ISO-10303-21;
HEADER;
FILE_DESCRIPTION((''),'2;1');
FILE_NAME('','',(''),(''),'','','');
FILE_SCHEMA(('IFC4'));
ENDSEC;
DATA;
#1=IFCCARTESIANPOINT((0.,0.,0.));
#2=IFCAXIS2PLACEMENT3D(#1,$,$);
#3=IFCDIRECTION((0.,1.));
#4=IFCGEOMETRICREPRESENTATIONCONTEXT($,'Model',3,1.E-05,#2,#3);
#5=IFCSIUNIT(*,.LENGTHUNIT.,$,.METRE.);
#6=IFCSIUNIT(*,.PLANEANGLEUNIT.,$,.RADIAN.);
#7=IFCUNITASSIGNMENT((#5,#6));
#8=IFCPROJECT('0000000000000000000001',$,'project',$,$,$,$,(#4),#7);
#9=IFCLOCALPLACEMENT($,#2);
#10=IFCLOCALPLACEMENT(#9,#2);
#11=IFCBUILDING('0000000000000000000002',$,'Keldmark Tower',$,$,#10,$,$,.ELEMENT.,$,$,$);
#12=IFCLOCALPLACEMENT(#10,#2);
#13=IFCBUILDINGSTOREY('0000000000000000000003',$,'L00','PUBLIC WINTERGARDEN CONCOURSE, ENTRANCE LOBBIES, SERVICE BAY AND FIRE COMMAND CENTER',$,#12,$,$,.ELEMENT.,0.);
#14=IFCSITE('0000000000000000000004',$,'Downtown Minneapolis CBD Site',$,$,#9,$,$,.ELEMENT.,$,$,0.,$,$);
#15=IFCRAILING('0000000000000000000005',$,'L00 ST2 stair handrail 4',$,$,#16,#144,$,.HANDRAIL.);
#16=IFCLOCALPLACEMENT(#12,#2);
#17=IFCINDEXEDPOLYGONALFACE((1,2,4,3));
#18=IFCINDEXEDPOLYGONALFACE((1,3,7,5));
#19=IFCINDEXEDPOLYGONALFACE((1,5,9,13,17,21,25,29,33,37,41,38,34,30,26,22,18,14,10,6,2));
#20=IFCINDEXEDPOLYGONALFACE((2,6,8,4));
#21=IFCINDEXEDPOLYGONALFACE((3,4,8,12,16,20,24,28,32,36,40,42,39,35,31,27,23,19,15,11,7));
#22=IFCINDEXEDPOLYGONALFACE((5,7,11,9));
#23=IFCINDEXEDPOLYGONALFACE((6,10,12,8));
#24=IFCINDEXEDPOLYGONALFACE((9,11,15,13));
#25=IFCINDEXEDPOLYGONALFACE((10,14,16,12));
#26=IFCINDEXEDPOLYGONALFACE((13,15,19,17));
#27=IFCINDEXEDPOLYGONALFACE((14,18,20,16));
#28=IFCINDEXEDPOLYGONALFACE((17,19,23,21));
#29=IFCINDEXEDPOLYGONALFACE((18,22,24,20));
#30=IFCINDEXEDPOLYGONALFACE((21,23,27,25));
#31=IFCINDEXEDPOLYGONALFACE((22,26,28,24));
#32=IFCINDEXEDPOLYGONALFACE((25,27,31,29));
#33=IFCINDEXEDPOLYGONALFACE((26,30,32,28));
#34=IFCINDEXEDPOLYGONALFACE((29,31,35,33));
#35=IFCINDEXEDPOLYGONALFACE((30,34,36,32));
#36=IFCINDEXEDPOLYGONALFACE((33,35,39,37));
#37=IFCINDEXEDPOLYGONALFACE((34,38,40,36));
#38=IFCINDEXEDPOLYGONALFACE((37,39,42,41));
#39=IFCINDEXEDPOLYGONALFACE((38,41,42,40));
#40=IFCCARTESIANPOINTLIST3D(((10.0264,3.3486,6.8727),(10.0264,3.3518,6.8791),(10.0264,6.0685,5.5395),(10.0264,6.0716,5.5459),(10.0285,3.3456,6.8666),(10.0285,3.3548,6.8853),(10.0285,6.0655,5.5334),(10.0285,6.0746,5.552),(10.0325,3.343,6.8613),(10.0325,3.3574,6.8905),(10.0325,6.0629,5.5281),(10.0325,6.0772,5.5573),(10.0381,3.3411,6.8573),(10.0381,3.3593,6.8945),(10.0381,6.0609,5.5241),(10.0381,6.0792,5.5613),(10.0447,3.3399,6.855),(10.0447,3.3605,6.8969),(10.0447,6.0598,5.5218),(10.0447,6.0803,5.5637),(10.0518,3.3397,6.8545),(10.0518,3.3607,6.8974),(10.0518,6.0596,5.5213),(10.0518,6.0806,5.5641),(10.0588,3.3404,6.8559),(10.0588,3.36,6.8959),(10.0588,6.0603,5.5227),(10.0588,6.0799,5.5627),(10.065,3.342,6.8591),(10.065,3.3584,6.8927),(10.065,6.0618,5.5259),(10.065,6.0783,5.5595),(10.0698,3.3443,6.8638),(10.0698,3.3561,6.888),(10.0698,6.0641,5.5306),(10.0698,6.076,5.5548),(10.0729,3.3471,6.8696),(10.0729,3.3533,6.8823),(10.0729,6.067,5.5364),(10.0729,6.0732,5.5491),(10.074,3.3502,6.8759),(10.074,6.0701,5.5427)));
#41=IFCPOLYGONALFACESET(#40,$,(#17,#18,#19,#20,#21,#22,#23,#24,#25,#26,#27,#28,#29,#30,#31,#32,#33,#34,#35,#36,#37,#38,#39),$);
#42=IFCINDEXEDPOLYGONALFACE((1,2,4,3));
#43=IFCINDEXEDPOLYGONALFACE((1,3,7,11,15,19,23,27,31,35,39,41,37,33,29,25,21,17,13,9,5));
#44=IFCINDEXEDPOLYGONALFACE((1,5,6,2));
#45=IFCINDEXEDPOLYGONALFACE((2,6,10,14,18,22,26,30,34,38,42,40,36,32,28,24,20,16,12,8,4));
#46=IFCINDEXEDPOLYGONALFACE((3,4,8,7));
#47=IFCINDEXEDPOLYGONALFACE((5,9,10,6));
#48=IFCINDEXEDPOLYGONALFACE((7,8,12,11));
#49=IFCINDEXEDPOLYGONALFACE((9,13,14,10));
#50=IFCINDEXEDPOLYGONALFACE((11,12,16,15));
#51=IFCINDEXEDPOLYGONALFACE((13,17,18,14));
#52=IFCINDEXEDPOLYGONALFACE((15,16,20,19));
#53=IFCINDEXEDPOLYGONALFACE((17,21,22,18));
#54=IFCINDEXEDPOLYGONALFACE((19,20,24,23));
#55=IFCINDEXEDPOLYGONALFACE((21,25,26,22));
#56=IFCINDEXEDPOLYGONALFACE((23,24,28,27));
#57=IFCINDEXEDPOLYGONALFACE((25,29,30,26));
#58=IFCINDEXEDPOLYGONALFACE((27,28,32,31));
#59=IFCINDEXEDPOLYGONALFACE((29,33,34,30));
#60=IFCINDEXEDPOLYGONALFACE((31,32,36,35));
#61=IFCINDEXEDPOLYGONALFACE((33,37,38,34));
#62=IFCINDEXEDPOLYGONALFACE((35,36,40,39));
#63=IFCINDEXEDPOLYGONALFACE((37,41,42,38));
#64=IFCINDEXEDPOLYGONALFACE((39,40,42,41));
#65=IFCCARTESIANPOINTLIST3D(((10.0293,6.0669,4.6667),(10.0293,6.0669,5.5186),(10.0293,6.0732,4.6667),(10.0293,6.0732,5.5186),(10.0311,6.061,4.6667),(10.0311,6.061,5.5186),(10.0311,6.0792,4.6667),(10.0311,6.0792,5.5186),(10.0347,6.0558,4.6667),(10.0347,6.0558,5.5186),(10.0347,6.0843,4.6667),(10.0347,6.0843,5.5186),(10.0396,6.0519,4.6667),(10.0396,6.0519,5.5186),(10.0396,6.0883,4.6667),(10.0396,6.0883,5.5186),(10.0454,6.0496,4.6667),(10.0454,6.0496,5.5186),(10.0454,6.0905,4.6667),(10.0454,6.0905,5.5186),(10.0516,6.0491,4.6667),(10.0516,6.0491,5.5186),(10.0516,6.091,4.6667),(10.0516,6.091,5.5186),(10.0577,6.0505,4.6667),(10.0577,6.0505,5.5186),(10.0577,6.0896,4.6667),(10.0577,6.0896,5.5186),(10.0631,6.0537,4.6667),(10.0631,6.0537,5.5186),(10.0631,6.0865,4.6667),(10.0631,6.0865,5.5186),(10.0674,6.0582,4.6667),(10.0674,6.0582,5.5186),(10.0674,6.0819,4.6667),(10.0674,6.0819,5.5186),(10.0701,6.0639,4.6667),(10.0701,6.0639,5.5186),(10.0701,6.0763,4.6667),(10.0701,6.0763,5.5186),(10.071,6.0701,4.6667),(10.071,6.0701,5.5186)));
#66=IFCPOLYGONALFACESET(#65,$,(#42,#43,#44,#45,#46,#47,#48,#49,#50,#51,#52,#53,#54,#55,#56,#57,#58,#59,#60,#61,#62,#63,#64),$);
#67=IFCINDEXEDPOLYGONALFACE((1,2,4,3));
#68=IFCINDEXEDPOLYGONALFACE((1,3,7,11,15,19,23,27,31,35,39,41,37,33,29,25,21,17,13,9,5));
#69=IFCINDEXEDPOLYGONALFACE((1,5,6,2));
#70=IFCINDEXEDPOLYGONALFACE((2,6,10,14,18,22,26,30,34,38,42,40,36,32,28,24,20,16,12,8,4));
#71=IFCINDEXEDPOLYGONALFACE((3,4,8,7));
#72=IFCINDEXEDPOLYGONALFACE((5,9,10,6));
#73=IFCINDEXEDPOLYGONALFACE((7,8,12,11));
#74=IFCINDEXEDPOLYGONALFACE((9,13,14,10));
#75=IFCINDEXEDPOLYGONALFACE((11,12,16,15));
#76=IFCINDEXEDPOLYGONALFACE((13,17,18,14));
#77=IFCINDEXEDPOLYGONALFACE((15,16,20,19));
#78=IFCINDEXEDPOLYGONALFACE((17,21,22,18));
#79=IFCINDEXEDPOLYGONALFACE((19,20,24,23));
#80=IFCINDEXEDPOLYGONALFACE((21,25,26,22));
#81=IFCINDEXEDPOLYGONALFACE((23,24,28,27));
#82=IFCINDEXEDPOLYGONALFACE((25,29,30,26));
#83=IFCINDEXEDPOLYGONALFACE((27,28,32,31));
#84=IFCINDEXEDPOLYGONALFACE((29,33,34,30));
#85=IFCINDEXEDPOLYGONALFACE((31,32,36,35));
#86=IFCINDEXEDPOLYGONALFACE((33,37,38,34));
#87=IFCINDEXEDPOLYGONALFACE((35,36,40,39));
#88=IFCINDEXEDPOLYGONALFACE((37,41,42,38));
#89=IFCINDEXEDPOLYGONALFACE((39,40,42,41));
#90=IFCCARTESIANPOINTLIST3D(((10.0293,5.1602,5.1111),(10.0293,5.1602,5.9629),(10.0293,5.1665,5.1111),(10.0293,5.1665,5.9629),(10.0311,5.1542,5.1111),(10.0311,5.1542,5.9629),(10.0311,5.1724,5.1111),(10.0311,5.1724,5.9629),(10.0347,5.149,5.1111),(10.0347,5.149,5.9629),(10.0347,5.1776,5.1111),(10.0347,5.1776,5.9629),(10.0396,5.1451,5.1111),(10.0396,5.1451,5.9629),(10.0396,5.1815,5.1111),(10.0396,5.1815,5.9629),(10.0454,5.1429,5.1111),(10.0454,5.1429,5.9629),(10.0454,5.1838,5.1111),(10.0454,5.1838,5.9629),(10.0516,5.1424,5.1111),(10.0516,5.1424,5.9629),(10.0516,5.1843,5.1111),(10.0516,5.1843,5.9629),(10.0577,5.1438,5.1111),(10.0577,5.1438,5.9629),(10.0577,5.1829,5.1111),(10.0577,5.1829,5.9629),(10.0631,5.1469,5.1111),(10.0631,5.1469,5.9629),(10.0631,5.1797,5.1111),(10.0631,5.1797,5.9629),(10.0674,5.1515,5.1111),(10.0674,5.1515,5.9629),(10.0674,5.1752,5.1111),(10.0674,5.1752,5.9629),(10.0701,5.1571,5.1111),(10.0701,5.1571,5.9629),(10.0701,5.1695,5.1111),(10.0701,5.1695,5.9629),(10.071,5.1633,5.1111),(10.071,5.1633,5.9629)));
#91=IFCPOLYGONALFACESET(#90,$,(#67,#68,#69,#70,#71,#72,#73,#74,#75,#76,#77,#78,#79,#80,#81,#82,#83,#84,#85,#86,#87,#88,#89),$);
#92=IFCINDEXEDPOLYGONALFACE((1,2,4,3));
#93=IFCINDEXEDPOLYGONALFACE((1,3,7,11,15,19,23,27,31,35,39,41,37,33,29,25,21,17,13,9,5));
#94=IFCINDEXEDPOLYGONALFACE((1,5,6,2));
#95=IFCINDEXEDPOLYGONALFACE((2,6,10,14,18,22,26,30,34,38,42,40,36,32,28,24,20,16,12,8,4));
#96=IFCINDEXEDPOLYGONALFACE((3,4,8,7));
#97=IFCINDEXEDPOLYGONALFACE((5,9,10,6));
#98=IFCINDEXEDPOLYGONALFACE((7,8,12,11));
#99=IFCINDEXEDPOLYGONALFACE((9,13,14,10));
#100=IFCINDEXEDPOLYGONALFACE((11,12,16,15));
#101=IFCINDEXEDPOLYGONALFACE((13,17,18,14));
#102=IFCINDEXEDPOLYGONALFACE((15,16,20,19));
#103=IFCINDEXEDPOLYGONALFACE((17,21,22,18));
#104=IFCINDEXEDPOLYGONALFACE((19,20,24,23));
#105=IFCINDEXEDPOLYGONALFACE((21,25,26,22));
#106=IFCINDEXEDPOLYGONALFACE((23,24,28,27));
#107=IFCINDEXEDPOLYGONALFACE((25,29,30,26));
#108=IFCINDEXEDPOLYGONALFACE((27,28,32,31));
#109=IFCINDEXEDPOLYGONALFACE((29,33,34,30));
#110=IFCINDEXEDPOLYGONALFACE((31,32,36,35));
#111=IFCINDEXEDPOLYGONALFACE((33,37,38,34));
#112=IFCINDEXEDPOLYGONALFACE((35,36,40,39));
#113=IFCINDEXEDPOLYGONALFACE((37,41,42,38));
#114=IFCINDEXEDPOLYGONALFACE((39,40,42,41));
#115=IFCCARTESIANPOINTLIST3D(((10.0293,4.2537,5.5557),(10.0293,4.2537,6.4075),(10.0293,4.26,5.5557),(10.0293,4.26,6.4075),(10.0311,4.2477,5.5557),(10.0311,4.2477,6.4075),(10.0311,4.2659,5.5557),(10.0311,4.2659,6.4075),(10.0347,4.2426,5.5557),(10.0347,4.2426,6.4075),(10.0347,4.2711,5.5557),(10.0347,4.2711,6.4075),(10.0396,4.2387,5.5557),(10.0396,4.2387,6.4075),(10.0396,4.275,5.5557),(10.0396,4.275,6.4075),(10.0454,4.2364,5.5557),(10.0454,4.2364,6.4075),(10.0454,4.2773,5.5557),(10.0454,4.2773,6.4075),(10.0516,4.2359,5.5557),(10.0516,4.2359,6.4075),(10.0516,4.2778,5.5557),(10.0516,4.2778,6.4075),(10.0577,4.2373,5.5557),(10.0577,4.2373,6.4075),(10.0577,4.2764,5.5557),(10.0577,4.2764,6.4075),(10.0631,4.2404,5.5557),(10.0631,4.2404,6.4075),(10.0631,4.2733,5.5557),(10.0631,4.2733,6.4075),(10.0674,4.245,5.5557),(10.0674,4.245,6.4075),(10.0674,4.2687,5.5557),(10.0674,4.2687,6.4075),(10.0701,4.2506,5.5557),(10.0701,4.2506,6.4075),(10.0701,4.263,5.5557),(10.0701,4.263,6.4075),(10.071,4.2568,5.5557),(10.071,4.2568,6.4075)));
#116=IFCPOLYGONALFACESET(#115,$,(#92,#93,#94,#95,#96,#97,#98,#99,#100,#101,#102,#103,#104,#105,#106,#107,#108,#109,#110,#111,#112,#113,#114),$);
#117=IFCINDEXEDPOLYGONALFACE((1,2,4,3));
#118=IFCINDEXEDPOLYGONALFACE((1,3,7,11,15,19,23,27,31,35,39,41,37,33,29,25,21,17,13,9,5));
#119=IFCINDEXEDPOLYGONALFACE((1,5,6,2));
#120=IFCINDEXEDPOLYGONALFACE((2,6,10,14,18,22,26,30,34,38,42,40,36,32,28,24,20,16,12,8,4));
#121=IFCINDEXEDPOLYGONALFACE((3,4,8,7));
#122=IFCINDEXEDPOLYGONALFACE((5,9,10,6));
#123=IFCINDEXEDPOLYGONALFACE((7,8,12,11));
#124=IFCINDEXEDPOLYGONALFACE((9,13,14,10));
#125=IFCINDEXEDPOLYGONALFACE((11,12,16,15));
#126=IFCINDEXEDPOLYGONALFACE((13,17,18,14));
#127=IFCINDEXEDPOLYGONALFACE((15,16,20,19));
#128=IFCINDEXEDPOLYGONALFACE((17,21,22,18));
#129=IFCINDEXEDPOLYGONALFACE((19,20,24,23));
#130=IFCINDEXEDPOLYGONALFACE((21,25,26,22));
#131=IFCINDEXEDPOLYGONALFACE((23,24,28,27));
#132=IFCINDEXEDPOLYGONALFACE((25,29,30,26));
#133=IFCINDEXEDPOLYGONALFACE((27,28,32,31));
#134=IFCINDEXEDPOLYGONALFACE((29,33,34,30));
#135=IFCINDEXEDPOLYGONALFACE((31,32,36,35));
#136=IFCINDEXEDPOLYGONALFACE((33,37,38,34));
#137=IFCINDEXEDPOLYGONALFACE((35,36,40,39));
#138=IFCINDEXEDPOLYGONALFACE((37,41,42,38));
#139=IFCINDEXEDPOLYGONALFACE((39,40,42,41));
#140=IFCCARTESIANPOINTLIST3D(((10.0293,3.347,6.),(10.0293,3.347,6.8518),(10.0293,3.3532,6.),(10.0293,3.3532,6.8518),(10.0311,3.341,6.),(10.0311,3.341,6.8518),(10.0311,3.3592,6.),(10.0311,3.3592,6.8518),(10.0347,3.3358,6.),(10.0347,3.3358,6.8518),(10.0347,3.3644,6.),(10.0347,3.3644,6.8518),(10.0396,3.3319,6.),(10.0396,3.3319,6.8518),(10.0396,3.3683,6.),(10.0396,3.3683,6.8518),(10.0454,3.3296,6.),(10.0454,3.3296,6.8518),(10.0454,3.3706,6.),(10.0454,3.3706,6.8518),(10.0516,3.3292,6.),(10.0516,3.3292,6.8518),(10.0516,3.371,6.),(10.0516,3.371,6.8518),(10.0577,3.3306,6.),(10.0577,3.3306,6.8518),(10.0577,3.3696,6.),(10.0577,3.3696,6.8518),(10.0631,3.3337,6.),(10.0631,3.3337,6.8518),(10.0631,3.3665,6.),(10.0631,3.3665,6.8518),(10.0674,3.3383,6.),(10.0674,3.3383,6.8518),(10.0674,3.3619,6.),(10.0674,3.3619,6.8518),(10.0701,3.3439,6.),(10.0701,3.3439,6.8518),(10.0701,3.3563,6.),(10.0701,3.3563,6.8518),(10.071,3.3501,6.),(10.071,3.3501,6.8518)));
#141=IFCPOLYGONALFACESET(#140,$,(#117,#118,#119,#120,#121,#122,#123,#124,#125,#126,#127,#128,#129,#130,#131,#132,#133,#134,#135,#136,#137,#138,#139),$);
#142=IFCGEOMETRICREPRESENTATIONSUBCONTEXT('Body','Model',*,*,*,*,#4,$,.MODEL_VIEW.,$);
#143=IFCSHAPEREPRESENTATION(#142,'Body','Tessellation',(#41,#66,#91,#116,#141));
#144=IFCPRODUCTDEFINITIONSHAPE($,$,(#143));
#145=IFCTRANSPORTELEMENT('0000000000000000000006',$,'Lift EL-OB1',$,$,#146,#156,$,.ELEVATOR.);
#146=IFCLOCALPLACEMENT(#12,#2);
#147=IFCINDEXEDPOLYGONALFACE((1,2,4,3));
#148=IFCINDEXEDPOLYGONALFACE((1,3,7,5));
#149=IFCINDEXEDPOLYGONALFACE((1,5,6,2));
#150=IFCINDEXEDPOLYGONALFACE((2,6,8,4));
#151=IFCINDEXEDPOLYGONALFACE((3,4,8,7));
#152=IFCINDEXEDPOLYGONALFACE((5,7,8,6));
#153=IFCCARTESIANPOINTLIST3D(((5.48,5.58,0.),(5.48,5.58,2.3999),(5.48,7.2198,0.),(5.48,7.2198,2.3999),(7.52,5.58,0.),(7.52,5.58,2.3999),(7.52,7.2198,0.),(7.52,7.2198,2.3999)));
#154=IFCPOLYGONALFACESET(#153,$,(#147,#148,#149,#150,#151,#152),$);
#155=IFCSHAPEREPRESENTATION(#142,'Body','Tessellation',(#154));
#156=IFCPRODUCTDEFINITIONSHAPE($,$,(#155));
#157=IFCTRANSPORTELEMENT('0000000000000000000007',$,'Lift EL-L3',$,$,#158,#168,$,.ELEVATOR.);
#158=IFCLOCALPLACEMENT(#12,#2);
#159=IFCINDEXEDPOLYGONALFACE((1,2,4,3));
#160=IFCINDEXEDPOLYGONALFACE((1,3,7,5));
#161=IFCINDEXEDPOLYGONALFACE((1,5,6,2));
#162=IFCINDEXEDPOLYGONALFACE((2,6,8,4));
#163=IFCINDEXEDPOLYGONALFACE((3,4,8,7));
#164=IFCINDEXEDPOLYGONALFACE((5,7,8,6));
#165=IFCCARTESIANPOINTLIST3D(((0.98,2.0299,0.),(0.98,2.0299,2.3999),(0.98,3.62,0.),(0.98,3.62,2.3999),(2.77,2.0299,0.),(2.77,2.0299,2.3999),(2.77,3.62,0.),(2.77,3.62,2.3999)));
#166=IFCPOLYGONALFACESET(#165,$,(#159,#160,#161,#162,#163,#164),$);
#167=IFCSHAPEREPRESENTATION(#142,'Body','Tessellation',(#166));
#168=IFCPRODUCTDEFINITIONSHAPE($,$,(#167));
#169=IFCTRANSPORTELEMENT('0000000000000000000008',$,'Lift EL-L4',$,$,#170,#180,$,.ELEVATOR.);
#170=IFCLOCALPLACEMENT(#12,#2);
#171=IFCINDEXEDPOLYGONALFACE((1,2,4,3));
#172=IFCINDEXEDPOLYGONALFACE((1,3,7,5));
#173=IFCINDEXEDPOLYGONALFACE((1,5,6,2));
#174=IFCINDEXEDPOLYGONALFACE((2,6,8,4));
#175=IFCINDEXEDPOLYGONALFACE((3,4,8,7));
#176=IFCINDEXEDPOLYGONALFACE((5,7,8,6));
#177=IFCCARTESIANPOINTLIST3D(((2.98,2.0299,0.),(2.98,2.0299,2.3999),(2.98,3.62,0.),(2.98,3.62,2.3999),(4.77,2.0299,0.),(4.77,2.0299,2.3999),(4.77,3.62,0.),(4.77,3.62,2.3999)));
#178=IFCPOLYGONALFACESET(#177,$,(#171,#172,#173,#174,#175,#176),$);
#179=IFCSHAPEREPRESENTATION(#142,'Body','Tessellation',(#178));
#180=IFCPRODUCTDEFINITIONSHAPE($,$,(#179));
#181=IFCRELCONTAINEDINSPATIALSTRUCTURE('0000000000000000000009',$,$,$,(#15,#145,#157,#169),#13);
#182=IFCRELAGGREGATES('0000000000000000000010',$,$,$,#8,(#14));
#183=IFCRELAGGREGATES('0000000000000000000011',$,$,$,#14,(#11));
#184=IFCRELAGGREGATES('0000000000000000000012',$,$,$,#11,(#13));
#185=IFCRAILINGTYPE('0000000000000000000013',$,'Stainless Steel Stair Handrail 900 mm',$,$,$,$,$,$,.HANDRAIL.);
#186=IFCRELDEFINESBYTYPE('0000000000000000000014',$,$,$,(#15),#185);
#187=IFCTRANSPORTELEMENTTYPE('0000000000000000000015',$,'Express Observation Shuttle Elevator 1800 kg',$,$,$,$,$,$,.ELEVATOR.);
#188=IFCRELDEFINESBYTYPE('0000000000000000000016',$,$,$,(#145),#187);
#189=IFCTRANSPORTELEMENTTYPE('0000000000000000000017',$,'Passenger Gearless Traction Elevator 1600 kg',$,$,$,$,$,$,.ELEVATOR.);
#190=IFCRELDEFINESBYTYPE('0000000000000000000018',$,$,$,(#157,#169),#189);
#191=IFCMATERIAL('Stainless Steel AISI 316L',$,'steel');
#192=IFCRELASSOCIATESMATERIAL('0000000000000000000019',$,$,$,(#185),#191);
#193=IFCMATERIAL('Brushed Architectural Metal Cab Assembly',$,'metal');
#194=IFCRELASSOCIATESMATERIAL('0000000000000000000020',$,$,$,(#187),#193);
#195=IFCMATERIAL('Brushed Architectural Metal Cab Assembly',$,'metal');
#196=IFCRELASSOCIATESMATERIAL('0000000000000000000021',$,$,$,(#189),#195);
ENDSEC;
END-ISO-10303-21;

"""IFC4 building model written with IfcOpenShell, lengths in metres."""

from ifc_helpers import new_model, si_unit, direction, frame, origin, origin_2d, place, context, subcontext, project, spatial, rectangle, circle, extrude, material, type_object, element, save


model = new_model("IFC4")

# Units and contexts
model_context = context("Model", 3, precision=1e-05, world=origin(), true_north=direction((0.0, 1.0)))
body_context = subcontext(model_context, "Body", "Model", "MODEL_VIEW")
ifc_project = project(units=[si_unit("LENGTHUNIT", "METRE"), si_unit("PLANEANGLEUNIT", "RADIAN")], contexts=[model_context])

# Site, building, storey
site_placement = place(None, origin())
site = spatial("IfcSite", under=ifc_project, at=site_placement, Name="Downtown Minneapolis CBD Site", CompositionType="ELEMENT", RefElevation=0.0)
building_placement = place(site_placement, origin())
building = spatial("IfcBuilding", under=site, at=building_placement, Name="Keldmark Tower", CompositionType="ELEMENT")
storey_placement = place(building_placement, origin())
storey = spatial("IfcBuildingStorey", under=building, at=storey_placement, Name="L00", Description="PUBLIC WINTERGARDEN CONCOURSE, ENTRANCE LOBBIES, SERVICE BAY AND FIRE COMMAND CENTER", CompositionType="ELEMENT", Elevation=0.0)

# Railing
ifc_material_1 = material(Name="Stainless Steel AISI 316L", Category="steel")
railing_type = type_object("IfcRailingType", Name="Stainless Steel Stair Handrail 900 mm", PredefinedType="HANDRAIL", material=ifc_material_1)
for number, where, name in (
    (1, (10.05, 6.0701, 4.6667), "L00 ST2 stair handrail 4"),
):
    element("IfcRailing", number, at=place(storey_placement, frame(where)), inside=storey, type_object=railing_type, Name=name, PredefinedType="HANDRAIL", context=body_context, shape_type="SweptSolid", body=[
        extrude(circle(Radius=0.0239, at=origin_2d()), frame((0.0, 0.0, 0.876), z_axis=(0.0, -0.897929, 0.440139), x_axis=(1.0, 0.0, 0.0)), (0.0, 0.0, 1.0), 3.0291),
        extrude(circle(Radius=0.021, at=origin_2d()), origin(), (0.0, 0.0, 1.0), 0.8518),
        extrude(circle(Radius=0.021, at=origin_2d()), frame((0.0, -0.9067, 0.4443)), (0.0, 0.0, 1.0), 0.8518),
        extrude(circle(Radius=0.021, at=origin_2d()), frame((0.0, -1.8132, 0.8889)), (0.0, 0.0, 1.0), 0.8518),
        extrude(circle(Radius=0.021, at=origin_2d()), frame((0.0, -2.72, 1.3333)), (0.0, 0.0, 1.0), 0.8518),
    ])

# Transport elements
ifc_material_2 = material(Name="Brushed Architectural Metal Cab Assembly", Category="metal")
transport_element_type_1 = type_object("IfcTransportElementType", Name="Express Observation Shuttle Elevator 1800 kg", PredefinedType="ELEVATOR", material=ifc_material_2)
transport_element_placement = place(storey_placement, frame((6.5, 6.3999, 0.0), z_axis=(0.0, 0.0, 1.0), x_axis=(1.0, 0.0, 0.0)))
element("IfcTransportElement", 2, at=transport_element_placement, inside=storey, type_object=transport_element_type_1, Name="Lift EL-OB1", PredefinedType="ELEVATOR", context=body_context, shape_type="SweptSolid", body=[
    extrude(rectangle(XDim=2.04, YDim=1.6399, at=origin_2d()), origin(), (0.0, 0.0, 1.0), 2.3999),
])
ifc_material_3 = material(Name="Brushed Architectural Metal Cab Assembly", Category="metal")
transport_element_type_2 = type_object("IfcTransportElementType", Name="Passenger Gearless Traction Elevator 1600 kg", PredefinedType="ELEVATOR", material=ifc_material_3)
for number, where, z_axis, x_axis, name in (
    (3, (1.875, 2.825, 0.0), (0.0, 0.0, 1.0), (1.0, 0.0, 0.0), "Lift EL-L3"),
    (4, (3.875, 2.825, 0.0), (0.0, 0.0, 1.0), (1.0, 0.0, 0.0), "Lift EL-L4"),
):
    element("IfcTransportElement", number, at=place(storey_placement, frame(where, z_axis=z_axis, x_axis=x_axis)), inside=storey, type_object=transport_element_type_2, Name=name, PredefinedType="ELEVATOR", context=body_context, shape_type="SweptSolid", body=[
        extrude(rectangle(XDim=1.79, YDim=1.5901, at=origin_2d()), origin(), (0.0, 0.0, 1.0), 2.3999),
    ])

save(model, "model.ifc")
